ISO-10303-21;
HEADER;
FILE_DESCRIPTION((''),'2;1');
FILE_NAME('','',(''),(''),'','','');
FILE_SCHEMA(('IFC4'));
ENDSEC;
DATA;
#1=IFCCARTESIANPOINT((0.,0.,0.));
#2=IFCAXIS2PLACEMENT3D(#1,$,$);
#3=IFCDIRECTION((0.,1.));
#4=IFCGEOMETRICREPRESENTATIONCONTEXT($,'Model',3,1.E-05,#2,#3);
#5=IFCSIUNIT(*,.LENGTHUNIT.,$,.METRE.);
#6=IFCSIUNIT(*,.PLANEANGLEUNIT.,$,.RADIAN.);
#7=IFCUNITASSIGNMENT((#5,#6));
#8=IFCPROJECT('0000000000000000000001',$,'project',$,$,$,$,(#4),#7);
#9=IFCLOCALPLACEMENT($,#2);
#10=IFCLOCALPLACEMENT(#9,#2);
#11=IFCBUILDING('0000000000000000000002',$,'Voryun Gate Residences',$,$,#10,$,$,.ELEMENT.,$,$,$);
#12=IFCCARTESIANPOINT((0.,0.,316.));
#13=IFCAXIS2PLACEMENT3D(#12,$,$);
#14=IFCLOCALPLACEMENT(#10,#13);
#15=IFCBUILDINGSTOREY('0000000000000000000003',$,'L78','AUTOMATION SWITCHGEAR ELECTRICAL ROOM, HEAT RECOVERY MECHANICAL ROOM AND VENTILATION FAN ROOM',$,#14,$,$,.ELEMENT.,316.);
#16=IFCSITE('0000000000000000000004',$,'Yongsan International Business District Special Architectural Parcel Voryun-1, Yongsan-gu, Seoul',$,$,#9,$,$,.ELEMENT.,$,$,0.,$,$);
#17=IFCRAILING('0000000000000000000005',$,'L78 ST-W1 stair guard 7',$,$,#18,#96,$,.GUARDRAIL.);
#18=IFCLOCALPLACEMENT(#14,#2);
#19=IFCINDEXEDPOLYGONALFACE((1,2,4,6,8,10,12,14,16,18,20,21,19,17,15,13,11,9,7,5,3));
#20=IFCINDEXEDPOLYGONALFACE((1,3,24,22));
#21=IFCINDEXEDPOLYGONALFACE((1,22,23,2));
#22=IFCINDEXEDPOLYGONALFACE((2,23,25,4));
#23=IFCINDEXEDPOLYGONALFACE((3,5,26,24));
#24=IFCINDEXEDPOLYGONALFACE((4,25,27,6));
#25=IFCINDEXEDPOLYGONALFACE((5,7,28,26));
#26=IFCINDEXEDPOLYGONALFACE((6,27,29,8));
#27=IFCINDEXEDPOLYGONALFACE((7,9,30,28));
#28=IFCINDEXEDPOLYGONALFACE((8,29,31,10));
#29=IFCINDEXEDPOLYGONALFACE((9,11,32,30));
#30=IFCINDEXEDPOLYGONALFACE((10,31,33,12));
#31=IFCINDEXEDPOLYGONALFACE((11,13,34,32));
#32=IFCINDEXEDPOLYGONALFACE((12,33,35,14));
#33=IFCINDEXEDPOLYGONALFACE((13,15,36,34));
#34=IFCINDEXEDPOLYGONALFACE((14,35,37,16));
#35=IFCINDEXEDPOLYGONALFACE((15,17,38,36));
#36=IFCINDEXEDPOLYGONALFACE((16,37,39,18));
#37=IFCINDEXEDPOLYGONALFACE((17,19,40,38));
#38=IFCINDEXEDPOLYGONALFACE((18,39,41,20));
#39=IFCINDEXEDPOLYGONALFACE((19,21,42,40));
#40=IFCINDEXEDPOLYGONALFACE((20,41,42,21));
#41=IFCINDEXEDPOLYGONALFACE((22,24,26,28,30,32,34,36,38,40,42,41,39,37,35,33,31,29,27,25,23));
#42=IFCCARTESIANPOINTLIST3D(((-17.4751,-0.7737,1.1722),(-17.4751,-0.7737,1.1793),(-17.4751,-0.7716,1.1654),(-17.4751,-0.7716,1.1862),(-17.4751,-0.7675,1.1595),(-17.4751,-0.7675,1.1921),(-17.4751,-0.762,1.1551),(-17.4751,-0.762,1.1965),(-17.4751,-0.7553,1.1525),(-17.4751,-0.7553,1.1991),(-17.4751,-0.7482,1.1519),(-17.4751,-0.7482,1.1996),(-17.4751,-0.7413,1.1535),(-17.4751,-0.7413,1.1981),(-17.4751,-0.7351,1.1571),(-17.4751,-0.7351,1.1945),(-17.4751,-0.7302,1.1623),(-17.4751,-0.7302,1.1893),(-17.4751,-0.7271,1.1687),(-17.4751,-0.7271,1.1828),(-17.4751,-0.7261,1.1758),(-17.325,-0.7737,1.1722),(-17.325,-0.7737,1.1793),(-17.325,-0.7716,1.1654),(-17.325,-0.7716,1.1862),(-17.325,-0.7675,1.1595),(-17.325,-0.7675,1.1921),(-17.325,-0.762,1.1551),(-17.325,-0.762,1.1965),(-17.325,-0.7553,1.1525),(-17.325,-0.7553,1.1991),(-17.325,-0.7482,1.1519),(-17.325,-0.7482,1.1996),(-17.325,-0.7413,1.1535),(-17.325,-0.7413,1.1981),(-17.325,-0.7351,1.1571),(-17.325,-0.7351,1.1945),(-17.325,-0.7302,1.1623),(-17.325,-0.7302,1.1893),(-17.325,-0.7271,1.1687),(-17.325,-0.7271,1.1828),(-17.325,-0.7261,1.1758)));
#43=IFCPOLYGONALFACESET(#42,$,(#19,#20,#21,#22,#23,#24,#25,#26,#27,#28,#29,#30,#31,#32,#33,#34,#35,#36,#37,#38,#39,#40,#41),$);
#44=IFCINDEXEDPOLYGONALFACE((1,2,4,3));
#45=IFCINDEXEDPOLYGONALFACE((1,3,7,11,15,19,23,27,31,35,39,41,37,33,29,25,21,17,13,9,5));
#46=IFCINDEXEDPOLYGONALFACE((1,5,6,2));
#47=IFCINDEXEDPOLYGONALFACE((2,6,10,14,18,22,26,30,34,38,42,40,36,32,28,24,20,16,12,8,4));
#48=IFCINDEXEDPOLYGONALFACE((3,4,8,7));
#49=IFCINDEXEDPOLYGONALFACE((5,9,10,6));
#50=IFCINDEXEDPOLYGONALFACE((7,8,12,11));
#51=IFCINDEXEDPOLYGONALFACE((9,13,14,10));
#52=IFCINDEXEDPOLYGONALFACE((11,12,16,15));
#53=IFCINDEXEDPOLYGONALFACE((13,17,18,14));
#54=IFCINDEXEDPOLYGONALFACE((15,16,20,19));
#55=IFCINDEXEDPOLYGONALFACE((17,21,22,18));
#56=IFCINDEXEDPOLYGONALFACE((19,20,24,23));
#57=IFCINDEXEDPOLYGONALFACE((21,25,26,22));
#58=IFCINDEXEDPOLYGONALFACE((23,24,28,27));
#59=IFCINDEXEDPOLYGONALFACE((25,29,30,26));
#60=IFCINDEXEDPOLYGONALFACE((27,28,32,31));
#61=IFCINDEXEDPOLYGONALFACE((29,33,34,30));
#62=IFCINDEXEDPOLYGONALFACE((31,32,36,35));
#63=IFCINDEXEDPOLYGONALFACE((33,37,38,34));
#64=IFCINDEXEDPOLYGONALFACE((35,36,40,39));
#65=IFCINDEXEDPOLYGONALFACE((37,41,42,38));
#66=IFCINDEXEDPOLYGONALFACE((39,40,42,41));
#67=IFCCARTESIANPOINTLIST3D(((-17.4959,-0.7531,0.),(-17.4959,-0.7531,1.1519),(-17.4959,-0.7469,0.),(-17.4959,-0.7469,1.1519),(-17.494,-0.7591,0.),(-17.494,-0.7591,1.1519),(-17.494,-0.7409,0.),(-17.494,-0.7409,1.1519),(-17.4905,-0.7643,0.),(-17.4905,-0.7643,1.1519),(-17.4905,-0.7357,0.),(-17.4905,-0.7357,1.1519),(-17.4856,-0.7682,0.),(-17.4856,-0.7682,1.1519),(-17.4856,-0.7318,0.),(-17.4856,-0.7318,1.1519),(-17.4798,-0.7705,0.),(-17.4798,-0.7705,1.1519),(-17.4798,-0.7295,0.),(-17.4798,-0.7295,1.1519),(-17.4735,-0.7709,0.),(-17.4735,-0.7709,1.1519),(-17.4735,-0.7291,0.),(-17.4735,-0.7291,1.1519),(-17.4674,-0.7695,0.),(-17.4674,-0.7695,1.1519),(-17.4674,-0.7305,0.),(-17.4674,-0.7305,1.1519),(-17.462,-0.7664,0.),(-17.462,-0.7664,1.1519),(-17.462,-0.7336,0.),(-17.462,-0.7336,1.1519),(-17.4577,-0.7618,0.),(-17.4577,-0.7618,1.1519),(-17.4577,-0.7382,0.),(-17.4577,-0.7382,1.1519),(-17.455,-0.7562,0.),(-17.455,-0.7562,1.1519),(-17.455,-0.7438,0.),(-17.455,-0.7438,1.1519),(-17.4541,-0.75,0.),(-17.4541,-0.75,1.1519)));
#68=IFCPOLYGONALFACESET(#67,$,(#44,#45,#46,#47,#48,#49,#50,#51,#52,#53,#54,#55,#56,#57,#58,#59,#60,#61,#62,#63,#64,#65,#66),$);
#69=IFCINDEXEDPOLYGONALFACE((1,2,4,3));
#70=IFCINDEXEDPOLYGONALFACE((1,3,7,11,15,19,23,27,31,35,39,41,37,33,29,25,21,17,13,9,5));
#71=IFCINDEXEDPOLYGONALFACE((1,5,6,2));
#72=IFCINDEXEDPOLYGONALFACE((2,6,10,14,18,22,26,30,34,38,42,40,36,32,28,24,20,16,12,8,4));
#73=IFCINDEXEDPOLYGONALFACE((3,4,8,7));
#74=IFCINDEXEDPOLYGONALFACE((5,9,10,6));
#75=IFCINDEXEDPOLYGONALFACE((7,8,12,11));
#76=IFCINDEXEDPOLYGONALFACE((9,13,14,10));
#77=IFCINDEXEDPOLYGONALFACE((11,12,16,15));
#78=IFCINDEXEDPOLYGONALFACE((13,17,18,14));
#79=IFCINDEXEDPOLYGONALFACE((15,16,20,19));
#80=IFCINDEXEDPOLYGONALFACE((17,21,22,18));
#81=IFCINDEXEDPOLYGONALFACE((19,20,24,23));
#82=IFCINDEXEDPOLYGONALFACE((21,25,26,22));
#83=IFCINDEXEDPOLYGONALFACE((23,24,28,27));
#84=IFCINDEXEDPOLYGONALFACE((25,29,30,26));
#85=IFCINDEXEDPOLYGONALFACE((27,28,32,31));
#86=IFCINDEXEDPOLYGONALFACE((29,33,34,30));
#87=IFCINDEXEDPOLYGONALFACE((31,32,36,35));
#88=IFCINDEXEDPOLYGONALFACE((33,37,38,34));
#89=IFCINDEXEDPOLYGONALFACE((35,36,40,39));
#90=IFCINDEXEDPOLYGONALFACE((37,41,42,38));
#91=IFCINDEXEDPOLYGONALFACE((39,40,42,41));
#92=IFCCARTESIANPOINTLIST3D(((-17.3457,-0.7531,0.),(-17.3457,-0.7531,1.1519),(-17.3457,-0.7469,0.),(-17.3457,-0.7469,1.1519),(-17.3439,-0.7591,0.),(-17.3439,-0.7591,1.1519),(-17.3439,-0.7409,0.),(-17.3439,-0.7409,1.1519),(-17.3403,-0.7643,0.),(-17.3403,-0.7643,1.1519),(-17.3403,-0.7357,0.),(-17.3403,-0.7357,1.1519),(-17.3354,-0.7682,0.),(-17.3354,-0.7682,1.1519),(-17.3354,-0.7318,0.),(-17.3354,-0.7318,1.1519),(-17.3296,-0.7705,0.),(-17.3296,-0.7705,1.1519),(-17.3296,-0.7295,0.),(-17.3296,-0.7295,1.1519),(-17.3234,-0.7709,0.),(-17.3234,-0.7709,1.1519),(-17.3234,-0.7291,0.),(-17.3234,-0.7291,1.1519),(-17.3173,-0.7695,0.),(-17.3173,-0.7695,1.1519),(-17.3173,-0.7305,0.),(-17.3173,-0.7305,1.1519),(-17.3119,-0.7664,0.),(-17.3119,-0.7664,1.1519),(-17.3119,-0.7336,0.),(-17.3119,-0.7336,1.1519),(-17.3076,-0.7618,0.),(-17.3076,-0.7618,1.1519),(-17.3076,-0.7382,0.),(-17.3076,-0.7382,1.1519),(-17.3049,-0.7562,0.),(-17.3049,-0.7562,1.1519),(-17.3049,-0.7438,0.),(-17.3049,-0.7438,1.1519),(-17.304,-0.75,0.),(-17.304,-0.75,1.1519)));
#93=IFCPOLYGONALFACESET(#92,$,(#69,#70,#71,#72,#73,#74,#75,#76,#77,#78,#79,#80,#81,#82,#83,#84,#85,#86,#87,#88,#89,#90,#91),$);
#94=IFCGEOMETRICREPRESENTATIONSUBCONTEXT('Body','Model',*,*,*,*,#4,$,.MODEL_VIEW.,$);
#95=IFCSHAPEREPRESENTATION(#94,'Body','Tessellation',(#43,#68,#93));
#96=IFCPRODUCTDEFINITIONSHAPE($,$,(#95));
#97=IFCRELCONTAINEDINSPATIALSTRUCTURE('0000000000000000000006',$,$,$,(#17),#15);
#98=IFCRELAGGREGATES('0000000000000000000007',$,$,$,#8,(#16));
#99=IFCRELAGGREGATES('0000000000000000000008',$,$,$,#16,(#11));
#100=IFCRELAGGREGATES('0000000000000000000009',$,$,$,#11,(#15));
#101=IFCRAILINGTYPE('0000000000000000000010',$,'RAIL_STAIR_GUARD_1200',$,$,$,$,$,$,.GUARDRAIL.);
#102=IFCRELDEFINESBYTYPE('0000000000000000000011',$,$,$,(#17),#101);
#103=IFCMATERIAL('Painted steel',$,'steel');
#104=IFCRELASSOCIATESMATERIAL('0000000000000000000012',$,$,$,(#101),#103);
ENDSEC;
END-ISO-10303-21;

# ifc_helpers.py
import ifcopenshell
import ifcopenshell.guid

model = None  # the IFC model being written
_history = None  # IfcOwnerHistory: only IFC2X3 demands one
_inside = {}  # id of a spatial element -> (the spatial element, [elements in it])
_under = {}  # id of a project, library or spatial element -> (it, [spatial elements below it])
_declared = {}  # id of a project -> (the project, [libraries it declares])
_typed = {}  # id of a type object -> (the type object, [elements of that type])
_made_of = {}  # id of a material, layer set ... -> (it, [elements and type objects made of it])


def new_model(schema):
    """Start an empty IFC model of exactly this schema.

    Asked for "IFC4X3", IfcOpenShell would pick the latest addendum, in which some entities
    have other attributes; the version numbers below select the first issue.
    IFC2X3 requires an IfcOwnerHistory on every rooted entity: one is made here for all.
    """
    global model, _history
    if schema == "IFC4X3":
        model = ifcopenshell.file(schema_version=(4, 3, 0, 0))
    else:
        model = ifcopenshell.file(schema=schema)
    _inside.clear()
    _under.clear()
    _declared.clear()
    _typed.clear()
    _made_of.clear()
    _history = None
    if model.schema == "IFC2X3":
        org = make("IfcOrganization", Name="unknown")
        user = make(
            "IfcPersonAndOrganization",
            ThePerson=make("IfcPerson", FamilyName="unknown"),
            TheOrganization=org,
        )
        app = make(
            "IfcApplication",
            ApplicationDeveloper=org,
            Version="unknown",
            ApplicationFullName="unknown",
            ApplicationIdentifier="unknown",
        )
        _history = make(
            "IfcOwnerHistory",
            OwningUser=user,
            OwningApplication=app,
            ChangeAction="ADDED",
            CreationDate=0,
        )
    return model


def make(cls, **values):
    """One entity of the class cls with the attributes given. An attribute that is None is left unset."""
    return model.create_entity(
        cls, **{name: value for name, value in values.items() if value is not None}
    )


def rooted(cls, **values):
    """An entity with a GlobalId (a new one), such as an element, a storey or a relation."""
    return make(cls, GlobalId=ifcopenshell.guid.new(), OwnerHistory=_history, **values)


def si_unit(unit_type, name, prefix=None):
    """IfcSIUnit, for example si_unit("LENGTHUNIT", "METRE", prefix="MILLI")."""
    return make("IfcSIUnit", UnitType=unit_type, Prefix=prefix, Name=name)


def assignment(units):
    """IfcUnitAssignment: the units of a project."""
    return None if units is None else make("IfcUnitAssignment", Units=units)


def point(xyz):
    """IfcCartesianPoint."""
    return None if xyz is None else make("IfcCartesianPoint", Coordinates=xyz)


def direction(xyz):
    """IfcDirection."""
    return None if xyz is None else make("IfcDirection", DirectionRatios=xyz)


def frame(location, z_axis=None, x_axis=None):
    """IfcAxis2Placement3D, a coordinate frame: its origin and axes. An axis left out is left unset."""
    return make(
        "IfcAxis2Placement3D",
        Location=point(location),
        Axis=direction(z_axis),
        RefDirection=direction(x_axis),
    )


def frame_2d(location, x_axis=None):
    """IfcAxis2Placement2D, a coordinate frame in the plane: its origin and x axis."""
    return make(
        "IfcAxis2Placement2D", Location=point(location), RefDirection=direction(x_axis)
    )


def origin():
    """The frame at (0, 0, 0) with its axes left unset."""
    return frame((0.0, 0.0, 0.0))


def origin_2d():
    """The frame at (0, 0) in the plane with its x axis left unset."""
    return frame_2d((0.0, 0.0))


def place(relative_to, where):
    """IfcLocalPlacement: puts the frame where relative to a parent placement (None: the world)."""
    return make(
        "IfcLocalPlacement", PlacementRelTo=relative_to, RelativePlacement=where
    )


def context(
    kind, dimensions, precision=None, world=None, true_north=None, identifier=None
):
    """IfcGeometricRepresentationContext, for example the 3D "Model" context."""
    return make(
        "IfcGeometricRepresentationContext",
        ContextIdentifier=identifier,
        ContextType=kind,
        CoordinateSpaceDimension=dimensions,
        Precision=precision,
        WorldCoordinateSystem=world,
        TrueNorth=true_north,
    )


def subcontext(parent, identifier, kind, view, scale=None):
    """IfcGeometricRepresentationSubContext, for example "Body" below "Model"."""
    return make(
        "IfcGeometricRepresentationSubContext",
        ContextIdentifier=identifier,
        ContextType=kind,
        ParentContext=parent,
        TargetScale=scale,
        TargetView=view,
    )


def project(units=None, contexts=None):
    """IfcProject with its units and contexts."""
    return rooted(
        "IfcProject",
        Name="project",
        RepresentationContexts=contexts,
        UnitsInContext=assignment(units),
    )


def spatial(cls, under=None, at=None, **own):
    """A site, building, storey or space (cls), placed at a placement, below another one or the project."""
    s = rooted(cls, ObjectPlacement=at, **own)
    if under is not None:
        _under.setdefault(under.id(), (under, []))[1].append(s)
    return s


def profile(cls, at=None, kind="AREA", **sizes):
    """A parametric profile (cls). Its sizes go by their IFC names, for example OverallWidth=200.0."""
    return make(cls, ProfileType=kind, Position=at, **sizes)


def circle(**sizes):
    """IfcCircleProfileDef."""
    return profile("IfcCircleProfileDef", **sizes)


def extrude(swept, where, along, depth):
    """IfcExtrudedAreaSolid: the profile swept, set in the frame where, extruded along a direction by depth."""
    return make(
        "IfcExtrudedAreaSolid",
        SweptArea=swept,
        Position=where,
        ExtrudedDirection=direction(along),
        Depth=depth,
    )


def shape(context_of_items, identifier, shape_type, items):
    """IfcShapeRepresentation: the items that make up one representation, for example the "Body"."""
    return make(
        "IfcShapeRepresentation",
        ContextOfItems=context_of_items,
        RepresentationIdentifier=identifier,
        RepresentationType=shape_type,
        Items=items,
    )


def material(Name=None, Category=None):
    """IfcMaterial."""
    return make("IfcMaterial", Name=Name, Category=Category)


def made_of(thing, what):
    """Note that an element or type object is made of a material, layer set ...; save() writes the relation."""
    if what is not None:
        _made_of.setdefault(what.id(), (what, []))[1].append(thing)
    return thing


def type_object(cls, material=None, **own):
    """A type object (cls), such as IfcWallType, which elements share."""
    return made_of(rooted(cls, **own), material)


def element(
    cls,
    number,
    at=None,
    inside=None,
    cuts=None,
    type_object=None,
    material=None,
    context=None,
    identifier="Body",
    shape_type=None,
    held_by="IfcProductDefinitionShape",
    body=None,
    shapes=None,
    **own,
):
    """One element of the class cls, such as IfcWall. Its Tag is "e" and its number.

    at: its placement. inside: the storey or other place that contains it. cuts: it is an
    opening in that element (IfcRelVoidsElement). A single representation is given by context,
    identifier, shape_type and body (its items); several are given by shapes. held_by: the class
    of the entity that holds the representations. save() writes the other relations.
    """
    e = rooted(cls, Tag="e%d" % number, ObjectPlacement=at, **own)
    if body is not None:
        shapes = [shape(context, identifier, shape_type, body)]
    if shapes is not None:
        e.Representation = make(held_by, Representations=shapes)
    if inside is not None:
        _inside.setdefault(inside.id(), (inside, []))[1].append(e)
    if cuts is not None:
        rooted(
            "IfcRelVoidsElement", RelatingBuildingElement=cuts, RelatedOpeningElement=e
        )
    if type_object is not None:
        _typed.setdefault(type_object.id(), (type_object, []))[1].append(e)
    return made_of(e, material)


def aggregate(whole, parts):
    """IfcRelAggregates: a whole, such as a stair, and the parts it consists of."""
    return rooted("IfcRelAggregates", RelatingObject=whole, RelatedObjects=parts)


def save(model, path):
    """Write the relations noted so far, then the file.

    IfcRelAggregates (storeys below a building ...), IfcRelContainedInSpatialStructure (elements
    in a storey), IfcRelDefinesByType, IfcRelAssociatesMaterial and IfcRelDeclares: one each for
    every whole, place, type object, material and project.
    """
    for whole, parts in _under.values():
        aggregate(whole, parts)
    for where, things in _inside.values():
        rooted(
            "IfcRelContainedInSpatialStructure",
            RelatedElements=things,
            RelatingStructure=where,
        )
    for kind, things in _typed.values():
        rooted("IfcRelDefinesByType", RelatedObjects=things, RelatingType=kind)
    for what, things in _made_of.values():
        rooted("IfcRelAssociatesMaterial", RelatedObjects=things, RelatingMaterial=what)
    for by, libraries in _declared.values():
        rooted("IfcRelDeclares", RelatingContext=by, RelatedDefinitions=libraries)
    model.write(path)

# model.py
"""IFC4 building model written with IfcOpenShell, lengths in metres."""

from ifc_helpers import new_model, si_unit, direction, frame, origin, origin_2d, place, context, subcontext, project, spatial, circle, extrude, material, type_object, element, save


model = new_model("IFC4")

# Units and contexts
model_context = context("Model", 3, precision=1e-05, world=origin(), true_north=direction((0.0, 1.0)))
body_context = subcontext(model_context, "Body", "Model", "MODEL_VIEW")
ifc_project = project(units=[si_unit("LENGTHUNIT", "METRE"), si_unit("PLANEANGLEUNIT", "RADIAN")], contexts=[model_context])

# Site, building, storey
site_placement = place(None, origin())
site = spatial("IfcSite", under=ifc_project, at=site_placement, Name="Yongsan International Business District Special Architectural Parcel Voryun-1, Yongsan-gu, Seoul", CompositionType="ELEMENT", RefElevation=0.0)
building_placement = place(site_placement, origin())
building = spatial("IfcBuilding", under=site, at=building_placement, Name="Voryun Gate Residences", CompositionType="ELEMENT")
storey_placement = place(building_placement, frame((0.0, 0.0, 316.0)))
storey = spatial("IfcBuildingStorey", under=building, at=storey_placement, Name="L78", Description="AUTOMATION SWITCHGEAR ELECTRICAL ROOM, HEAT RECOVERY MECHANICAL ROOM AND VENTILATION FAN ROOM", CompositionType="ELEMENT", Elevation=316.0)

# Railing
ifc_material_1 = material(Name="Painted steel", Category="steel")
railing_type_1 = type_object("IfcRailingType", Name="RAIL_STAIR_GUARD_1200", PredefinedType="GUARDRAIL", material=ifc_material_1)
railing_1_placement = place(storey_placement, frame((-17.4751, -0.75, 0.0)))
element("IfcRailing", 1, at=railing_1_placement, inside=storey, type_object=railing_type_1, Name="L78 ST-W1 stair guard 7", PredefinedType="GUARDRAIL", context=body_context, shape_type="SweptSolid", body=[
    extrude(circle(Radius=0.0239, at=origin_2d()), frame((0.0, 0.0, 1.1758), z_axis=(1.0, 0.0, 0.0), x_axis=(0.0, 1.0, 0.0)), (0.0, 0.0, 1.0), 0.1501),
    extrude(circle(Radius=0.021, at=origin_2d()), origin(), (0.0, 0.0, 1.0), 1.1519),
    extrude(circle(Radius=0.021, at=origin_2d()), frame((0.1501, 0.0, 0.0)), (0.0, 0.0, 1.0), 1.1519),
])

save(model, "model.ifc")
